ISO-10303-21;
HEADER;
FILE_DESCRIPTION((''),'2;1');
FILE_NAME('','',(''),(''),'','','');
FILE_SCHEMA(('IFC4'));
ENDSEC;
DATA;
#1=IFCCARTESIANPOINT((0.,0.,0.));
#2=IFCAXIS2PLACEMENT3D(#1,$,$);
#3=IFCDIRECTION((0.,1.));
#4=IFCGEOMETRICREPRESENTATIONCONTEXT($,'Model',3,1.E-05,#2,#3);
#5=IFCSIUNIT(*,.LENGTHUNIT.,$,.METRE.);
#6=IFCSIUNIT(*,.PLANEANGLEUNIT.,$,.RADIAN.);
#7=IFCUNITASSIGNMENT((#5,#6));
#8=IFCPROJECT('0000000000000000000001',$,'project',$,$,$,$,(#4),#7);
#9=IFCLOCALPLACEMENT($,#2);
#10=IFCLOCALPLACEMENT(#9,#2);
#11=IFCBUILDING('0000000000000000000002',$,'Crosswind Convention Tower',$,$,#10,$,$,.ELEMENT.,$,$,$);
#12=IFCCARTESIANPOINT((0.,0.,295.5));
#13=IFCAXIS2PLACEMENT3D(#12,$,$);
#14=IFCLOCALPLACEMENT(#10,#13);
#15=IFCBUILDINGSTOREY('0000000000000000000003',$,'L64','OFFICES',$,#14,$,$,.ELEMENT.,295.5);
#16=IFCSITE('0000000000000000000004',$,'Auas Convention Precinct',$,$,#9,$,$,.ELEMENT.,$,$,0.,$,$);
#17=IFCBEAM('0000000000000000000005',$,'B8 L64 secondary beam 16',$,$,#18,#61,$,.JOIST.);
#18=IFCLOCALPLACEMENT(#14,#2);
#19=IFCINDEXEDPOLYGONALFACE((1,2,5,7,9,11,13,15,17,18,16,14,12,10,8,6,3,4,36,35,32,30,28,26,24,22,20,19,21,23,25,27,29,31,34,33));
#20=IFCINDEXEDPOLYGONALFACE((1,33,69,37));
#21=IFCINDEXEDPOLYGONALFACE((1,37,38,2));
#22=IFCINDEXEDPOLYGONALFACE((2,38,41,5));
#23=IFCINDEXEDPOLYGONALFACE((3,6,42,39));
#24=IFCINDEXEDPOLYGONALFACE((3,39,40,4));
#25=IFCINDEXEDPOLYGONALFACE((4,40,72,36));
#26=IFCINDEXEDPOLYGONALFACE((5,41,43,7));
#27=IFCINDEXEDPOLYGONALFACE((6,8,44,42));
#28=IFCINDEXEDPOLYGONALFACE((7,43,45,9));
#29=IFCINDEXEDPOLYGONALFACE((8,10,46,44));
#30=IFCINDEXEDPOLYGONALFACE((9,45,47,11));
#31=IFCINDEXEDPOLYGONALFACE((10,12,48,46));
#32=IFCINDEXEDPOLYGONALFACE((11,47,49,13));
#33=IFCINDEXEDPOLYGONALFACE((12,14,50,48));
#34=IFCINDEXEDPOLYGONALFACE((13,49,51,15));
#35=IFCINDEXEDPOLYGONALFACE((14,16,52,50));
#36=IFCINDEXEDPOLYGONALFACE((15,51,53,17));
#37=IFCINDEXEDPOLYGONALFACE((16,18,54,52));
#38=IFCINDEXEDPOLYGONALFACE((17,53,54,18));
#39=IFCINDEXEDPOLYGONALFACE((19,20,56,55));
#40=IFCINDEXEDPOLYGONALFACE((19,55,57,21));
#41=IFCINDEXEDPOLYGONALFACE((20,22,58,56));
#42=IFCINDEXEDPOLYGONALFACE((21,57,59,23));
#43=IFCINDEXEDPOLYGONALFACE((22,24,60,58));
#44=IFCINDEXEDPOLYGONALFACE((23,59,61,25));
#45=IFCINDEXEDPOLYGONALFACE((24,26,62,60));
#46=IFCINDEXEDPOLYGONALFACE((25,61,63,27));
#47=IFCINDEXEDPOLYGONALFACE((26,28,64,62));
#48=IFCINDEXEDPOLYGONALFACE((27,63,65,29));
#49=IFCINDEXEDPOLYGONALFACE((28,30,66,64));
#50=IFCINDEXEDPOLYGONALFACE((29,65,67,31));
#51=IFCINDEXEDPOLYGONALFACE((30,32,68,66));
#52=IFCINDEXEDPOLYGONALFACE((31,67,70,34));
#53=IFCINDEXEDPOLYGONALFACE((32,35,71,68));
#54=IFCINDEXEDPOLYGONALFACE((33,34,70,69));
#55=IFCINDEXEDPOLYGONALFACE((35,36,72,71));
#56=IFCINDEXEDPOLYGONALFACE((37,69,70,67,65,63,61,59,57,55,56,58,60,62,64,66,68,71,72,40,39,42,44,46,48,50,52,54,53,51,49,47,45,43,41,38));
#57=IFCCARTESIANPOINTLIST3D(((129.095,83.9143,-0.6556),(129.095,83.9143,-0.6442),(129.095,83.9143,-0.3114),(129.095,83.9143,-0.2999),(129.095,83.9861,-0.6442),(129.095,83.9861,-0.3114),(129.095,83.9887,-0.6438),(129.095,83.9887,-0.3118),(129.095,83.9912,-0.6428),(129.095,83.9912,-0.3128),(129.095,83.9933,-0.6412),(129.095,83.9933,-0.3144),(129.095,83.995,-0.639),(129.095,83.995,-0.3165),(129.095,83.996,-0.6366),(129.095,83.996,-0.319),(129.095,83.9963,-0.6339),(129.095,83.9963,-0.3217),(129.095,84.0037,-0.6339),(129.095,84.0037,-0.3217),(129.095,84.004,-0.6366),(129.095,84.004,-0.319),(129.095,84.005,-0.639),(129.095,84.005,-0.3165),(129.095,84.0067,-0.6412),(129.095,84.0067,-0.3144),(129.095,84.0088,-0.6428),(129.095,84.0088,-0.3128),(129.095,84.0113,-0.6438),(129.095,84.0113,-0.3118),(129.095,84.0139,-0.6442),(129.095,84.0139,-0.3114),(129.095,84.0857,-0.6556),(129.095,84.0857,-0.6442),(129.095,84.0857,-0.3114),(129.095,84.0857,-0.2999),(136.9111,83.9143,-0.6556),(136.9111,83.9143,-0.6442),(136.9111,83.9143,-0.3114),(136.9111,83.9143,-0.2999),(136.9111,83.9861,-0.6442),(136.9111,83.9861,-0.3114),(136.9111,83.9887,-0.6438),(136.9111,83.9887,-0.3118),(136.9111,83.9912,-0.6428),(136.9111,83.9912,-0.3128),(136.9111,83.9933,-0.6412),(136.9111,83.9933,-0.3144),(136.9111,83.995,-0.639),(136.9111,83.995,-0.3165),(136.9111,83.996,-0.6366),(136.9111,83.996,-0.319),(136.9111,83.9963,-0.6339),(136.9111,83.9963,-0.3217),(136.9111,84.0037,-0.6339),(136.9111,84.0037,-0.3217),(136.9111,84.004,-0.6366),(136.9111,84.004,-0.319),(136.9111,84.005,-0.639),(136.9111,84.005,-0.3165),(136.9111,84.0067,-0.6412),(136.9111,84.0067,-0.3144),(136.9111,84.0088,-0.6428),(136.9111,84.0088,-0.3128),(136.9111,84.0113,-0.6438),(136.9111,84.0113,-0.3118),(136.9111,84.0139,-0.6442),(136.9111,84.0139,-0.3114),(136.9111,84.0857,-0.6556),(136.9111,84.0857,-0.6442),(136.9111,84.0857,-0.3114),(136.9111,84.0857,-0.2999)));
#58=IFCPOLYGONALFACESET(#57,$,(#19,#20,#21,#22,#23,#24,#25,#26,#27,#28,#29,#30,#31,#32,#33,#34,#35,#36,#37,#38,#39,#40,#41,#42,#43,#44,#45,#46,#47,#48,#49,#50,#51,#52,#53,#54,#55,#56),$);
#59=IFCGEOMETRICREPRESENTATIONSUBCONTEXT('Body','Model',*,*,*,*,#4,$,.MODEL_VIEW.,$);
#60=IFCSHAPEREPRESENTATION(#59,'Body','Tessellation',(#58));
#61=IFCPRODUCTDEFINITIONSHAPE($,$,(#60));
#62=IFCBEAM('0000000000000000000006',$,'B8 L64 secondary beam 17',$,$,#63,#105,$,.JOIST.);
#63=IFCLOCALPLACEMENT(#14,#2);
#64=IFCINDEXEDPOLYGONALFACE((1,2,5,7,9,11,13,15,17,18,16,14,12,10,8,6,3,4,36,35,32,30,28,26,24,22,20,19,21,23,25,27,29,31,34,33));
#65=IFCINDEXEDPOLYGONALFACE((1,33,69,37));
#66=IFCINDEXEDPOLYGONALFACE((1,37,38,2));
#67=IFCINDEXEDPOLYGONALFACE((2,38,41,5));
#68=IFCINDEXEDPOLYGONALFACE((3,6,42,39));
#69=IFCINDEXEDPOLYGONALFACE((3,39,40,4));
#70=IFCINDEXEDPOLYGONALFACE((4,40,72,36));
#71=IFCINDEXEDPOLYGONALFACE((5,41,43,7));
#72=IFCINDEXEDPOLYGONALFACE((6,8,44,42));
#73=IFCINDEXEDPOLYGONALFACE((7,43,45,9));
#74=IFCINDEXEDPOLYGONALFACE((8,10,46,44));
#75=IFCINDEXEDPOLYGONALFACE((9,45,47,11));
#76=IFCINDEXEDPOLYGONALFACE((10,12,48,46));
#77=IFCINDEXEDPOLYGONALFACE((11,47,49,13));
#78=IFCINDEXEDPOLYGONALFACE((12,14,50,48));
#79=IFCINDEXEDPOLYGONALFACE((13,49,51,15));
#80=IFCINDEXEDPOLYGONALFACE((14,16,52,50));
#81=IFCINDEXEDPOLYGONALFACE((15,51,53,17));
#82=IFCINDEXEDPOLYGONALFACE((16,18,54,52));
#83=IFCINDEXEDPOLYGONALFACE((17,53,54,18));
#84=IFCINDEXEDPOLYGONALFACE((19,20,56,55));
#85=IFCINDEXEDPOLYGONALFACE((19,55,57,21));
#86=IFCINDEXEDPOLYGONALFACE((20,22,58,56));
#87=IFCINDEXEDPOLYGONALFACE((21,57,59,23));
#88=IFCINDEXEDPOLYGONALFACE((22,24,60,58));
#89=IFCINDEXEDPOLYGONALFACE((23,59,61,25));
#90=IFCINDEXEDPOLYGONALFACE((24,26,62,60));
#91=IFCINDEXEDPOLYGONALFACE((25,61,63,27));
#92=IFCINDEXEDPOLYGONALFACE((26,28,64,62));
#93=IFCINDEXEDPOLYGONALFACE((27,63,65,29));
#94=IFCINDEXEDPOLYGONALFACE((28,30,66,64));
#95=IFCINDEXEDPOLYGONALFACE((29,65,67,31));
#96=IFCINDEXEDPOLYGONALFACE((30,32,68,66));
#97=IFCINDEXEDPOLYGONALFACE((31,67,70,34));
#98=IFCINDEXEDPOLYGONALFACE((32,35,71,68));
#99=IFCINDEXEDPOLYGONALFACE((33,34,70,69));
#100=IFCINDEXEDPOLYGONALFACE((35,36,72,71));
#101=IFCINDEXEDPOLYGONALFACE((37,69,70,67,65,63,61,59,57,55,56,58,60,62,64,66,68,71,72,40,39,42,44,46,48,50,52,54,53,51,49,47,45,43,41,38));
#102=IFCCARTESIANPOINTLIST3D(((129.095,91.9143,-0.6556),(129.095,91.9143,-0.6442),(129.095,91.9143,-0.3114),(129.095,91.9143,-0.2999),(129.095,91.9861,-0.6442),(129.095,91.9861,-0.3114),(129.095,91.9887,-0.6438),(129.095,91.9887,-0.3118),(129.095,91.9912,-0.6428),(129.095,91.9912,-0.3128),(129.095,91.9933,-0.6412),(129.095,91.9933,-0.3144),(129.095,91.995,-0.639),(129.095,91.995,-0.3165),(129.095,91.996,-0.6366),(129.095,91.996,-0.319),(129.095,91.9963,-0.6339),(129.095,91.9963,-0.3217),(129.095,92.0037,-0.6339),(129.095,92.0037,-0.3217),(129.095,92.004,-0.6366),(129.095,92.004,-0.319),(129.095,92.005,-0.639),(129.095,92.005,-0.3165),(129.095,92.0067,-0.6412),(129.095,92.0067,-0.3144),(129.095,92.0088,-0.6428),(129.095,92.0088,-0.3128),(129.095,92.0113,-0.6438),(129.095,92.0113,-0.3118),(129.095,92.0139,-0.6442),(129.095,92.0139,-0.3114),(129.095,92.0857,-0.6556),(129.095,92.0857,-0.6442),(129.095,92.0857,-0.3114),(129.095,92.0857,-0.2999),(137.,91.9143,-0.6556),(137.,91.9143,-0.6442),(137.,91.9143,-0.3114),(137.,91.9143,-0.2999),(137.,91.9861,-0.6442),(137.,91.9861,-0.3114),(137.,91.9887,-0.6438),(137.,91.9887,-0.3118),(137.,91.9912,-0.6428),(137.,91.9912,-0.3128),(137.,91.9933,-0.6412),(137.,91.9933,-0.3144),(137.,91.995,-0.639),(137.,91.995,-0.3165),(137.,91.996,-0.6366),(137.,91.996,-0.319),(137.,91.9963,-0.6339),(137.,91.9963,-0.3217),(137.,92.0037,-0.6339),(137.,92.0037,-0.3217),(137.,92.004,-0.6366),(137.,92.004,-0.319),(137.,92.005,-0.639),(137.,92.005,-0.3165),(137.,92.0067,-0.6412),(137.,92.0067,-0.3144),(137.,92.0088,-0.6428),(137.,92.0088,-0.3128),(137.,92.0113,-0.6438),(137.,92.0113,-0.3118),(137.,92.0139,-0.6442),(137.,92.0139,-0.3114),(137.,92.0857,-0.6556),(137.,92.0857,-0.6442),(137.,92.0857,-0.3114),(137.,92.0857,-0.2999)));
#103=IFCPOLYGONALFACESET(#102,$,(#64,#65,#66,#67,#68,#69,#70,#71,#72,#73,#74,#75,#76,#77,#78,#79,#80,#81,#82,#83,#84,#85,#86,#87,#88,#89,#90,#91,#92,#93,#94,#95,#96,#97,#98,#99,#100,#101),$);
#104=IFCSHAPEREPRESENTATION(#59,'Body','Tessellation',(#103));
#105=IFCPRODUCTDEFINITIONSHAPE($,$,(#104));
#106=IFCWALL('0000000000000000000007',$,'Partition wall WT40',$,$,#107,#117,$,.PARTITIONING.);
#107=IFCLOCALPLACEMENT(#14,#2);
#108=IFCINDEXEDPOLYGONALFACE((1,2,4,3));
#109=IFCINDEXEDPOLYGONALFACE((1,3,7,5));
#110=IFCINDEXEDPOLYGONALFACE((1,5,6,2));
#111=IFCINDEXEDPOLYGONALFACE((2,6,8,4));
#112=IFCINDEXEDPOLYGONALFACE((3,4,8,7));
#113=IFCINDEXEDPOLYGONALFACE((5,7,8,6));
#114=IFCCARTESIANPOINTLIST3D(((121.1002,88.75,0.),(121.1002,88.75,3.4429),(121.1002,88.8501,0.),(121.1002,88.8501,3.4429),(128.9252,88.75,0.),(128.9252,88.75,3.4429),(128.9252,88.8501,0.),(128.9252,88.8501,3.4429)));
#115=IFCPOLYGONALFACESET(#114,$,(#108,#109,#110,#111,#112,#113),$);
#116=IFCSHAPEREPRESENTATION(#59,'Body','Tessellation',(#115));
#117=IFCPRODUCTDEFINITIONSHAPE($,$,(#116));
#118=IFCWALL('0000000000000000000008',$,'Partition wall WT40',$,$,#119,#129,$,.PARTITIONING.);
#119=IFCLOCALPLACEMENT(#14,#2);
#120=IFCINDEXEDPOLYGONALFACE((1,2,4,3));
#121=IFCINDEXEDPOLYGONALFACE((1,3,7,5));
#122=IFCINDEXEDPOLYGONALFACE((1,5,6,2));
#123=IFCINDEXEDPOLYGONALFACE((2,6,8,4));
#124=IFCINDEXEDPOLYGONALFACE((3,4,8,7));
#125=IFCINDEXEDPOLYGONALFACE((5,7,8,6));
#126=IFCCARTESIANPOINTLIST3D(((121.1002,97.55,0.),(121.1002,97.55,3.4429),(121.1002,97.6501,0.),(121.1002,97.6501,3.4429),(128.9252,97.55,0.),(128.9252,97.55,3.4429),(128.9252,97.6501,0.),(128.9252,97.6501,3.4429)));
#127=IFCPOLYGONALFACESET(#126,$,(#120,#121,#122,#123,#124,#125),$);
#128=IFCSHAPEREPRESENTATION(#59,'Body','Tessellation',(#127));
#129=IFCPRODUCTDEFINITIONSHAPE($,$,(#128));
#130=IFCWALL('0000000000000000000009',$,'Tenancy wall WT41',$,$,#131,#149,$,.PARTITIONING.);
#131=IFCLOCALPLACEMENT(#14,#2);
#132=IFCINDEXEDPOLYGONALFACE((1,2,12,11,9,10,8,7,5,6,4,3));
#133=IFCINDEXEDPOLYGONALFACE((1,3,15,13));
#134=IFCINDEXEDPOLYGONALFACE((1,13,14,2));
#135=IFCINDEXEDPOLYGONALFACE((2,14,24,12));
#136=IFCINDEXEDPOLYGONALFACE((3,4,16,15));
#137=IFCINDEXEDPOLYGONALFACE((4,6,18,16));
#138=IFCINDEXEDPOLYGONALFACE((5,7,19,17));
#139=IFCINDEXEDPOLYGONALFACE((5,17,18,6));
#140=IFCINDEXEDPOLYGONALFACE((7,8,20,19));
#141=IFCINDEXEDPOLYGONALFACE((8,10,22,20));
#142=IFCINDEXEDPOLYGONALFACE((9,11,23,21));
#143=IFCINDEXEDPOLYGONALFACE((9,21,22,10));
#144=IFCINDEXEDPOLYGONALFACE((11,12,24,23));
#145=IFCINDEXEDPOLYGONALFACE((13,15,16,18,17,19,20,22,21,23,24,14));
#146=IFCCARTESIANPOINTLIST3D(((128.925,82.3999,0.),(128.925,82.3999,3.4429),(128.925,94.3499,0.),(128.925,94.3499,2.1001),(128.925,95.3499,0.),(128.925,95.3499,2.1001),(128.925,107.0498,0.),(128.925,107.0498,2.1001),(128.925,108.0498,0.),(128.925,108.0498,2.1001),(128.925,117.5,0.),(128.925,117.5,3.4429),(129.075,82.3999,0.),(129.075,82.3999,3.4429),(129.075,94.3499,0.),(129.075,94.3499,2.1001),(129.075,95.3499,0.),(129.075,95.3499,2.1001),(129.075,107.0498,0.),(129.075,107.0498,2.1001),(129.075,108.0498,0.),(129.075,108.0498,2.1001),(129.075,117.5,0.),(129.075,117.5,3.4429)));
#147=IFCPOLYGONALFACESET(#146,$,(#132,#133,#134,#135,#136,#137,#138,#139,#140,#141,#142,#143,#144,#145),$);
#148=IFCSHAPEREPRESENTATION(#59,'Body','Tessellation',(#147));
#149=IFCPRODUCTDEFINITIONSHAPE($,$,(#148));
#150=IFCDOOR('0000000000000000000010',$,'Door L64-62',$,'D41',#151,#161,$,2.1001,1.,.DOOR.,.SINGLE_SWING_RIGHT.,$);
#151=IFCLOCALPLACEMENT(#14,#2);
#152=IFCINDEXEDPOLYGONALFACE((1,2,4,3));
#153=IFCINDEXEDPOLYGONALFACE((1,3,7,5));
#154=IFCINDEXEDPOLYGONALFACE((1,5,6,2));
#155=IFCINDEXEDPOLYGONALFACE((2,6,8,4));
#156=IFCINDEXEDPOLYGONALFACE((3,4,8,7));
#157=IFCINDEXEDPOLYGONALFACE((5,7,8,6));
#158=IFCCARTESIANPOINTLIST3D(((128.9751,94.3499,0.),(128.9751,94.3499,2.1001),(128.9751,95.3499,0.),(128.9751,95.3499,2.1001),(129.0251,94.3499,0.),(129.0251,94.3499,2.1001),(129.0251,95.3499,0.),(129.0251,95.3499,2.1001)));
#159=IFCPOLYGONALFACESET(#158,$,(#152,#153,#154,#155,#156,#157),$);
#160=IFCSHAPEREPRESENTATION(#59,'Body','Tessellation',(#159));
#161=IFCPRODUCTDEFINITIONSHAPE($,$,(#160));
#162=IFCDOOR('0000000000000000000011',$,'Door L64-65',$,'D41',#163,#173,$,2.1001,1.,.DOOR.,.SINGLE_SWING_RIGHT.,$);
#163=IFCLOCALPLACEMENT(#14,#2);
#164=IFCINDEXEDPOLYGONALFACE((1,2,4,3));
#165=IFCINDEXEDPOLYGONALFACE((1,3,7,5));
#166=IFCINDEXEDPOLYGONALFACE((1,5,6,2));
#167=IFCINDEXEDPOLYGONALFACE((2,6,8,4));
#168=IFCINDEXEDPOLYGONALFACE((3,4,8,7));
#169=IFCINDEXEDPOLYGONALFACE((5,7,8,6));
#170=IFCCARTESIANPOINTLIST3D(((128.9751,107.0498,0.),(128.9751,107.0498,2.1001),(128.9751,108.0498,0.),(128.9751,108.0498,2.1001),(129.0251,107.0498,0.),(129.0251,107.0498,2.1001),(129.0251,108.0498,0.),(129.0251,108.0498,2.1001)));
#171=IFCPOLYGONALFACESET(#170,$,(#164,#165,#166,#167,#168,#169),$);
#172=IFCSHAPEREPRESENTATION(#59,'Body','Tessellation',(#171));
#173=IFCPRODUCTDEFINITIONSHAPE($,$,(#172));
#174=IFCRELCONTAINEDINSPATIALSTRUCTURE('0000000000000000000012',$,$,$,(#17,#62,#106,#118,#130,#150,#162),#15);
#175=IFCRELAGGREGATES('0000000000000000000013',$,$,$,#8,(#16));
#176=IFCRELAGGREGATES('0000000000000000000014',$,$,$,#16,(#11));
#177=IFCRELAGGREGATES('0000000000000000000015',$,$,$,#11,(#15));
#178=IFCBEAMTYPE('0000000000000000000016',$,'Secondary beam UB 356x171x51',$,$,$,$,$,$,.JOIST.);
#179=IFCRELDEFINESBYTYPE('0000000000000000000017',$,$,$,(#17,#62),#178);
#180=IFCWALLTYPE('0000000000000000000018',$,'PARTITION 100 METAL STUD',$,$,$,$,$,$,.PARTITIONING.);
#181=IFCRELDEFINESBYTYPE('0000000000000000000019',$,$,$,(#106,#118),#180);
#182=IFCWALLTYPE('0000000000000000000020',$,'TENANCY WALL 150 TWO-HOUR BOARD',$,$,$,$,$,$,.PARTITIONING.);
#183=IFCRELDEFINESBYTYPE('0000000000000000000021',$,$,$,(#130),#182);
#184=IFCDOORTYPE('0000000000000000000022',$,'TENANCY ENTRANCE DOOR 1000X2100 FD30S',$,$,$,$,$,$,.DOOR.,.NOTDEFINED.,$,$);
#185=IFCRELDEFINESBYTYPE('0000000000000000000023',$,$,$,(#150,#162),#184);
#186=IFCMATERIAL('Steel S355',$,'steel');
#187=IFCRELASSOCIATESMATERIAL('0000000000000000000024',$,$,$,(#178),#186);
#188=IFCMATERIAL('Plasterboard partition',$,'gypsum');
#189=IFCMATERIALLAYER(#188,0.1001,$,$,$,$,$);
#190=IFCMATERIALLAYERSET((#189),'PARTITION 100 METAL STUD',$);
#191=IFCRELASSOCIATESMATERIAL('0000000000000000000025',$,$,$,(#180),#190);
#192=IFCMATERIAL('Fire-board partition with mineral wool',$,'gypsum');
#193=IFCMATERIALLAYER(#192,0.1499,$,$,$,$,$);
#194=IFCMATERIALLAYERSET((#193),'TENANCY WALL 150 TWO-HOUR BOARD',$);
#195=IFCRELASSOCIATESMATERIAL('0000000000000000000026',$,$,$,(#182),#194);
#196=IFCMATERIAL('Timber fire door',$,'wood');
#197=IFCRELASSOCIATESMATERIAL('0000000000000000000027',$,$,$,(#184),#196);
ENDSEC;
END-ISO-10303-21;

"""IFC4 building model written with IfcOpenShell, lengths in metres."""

from ifc_helpers import new_model, si_unit, direction, frame, frame_2d, origin, origin_2d, place, context, subcontext, project, spatial, rectangle, i_section, extrude, material, layer, layer_set, material_profile, profile_set, type_object, element, fill, save


model = new_model("IFC4")

# Units and contexts
model_context = context("Model", 3, precision=1e-05, world=origin(), true_north=direction((0.0, 1.0)))
body_context = subcontext(model_context, "Body", "Model", "MODEL_VIEW")
ifc_project = project(units=[si_unit("LENGTHUNIT", "METRE"), si_unit("PLANEANGLEUNIT", "RADIAN")], contexts=[model_context])

# Site, building, storey
site_placement = place(None, origin())
site = spatial("IfcSite", under=ifc_project, at=site_placement, Name="Auas Convention Precinct", CompositionType="ELEMENT", RefElevation=0.0)
building_placement = place(site_placement, origin())
building = spatial("IfcBuilding", under=site, at=building_placement, Name="Crosswind Convention Tower", CompositionType="ELEMENT")
storey_placement = place(building_placement, frame((0.0, 0.0, 295.5)))
storey = spatial("IfcBuildingStorey", under=building, at=storey_placement, Name="L64", Description="OFFICES", CompositionType="ELEMENT", Elevation=295.5)

# Beams
ifc_material_1 = material(Name="Steel S355", Category="steel")
ifc_material_profile_1 = material_profile(ifc_material_1, i_section(OverallWidth=0.1714, OverallDepth=0.3557, WebThickness=0.0073, FlangeThickness=0.0115, FilletRadius=0.0103, at=origin_2d()), Name="UB 356x171x51")
ifc_profile_set_1 = profile_set([ifc_material_profile_1], Name="Steel S355")
beam_type_1 = type_object("IfcBeamType", Name="Secondary beam UB 356x171x51", PredefinedType="JOIST", material=ifc_profile_set_1)
beam_1_placement = place(storey_placement, frame((129.095, 84.0, -0.4778), z_axis=(1.0, 0.0, 0.0), x_axis=(0.0, 1.0, 0.0)))
element("IfcBeam", 1, at=beam_1_placement, inside=storey, type_object=beam_type_1, Name="B8 L64 secondary beam 16", PredefinedType="JOIST", context=body_context, shape_type="SweptSolid", body=[
    extrude(i_section(OverallWidth=0.1714, OverallDepth=0.3557, WebThickness=0.0073, FlangeThickness=0.0115, FilletRadius=0.0103, at=origin_2d()), origin(), (0.0, 0.0, 1.0), 7.8162),
])
beam_2_placement = place(storey_placement, frame((129.095, 92.0, -0.4778), z_axis=(1.0, 0.0, 0.0), x_axis=(0.0, 1.0, 0.0)))
element("IfcBeam", 2, at=beam_2_placement, inside=storey, type_object=beam_type_1, Name="B8 L64 secondary beam 17", PredefinedType="JOIST", context=body_context, shape_type="SweptSolid", body=[
    extrude(i_section(OverallWidth=0.1714, OverallDepth=0.3557, WebThickness=0.0073, FlangeThickness=0.0115, FilletRadius=0.0103, at=origin_2d()), origin(), (0.0, 0.0, 1.0), 7.905),
])

# Walls
ifc_material_2 = material(Name="Plasterboard partition", Category="gypsum")
ifc_layer_1 = layer(ifc_material_2, 0.1001)
ifc_layer_set_1 = layer_set([ifc_layer_1], Name="PARTITION 100 METAL STUD")
wall_type_1 = type_object("IfcWallType", Name="PARTITION 100 METAL STUD", PredefinedType="PARTITIONING", material=ifc_layer_set_1)
for number, where, z_axis, x_axis, name in (
    (3, (121.1001, 88.8, 0.0), (0.0, 0.0, 1.0), (1.0, 0.0, 0.0), "Partition wall WT40"),
    (4, (121.1001, 97.6001, 0.0), (0.0, 0.0, 1.0), (1.0, 0.0, 0.0), "Partition wall WT40"),
):
    element("IfcWall", number, at=place(storey_placement, frame(where, z_axis=z_axis, x_axis=x_axis)), inside=storey, type_object=wall_type_1, Name=name, PredefinedType="PARTITIONING", context=body_context, shape_type="SweptSolid", body=[
        extrude(rectangle(XDim=7.825, YDim=0.1001, at=frame_2d((3.9126, 0.0))), origin(), (0.0, 0.0, 1.0), 3.4429),
    ])

# Wall, openings, doors
ifc_material_3 = material(Name="Fire-board partition with mineral wool", Category="gypsum")
ifc_layer_2 = layer(ifc_material_3, 0.1499)
ifc_layer_set_2 = layer_set([ifc_layer_2], Name="TENANCY WALL 150 TWO-HOUR BOARD")
wall_type_2 = type_object("IfcWallType", Name="TENANCY WALL 150 TWO-HOUR BOARD", PredefinedType="PARTITIONING", material=ifc_layer_set_2)
wall_1_placement = place(storey_placement, frame((129.0, 82.3999, 0.0), z_axis=(0.0, 0.0, 1.0), x_axis=(0.0, 1.0, 0.0)))
wall_1 = element("IfcWall", 5, at=wall_1_placement, inside=storey, type_object=wall_type_2, Name="Tenancy wall WT41", PredefinedType="PARTITIONING", context=body_context, shape_type="SweptSolid", body=[
    extrude(rectangle(XDim=35.1001, YDim=0.1499, at=frame_2d((17.55, 0.0))), origin(), (0.0, 0.0, 1.0), 3.4429),
])
opening_1_placement = place(wall_1_placement, frame((11.95, 0.0, 0.0)))
opening_1 = element("IfcOpeningElement", 6, at=opening_1_placement, cuts=wall_1, PredefinedType="OPENING", context=body_context, shape_type="SweptSolid", body=[
    extrude(rectangle(XDim=1.0, YDim=2.1001, at=frame_2d((0.5, 1.05))), frame((0.0, 0.085, 0.0), z_axis=(0.0, -1.0, 0.0), x_axis=(1.0, 0.0, 0.0)), (0.0, 0.0, 1.0), 0.1699),
])
opening_2_placement = place(wall_1_placement, frame((24.6499, 0.0, 0.0)))
opening_2 = element("IfcOpeningElement", 7, at=opening_2_placement, cuts=wall_1, PredefinedType="OPENING", context=body_context, shape_type="SweptSolid", body=[
    extrude(rectangle(XDim=1.0, YDim=2.1001, at=frame_2d((0.5, 1.05))), frame((0.0, 0.085, 0.0), z_axis=(0.0, -1.0, 0.0), x_axis=(1.0, 0.0, 0.0)), (0.0, 0.0, 1.0), 0.1699),
])
ifc_material_4 = material(Name="Timber fire door", Category="wood")
door_type = type_object("IfcDoorType", Name="TENANCY ENTRANCE DOOR 1000X2100 FD30S", OperationType="NOTDEFINED", PredefinedType="DOOR", material=ifc_material_4)
door_1_placement = place(opening_1_placement, origin())
door_1 = element("IfcDoor", 8, at=door_1_placement, inside=storey, type_object=door_type, Name="Door L64-62", ObjectType="D41", OperationType="SINGLE_SWING_RIGHT", OverallHeight=2.1001, OverallWidth=1.0, PredefinedType="DOOR", context=body_context, shape_type="SweptSolid", body=[
    extrude(rectangle(XDim=1.0, YDim=2.1001, at=frame_2d((0.5, 1.05))), frame((0.0, 0.0249, 0.0), z_axis=(0.0, -1.0, 0.0), x_axis=(1.0, 0.0, 0.0)), (0.0, 0.0, 1.0), 0.05),
])
fill(opening_1, door_1)
door_2_placement = place(opening_2_placement, origin())
door_2 = element("IfcDoor", 9, at=door_2_placement, inside=storey, type_object=door_type, Name="Door L64-65", ObjectType="D41", OperationType="SINGLE_SWING_RIGHT", OverallHeight=2.1001, OverallWidth=1.0, PredefinedType="DOOR", context=body_context, shape_type="SweptSolid", body=[
    extrude(rectangle(XDim=1.0, YDim=2.1001, at=frame_2d((0.5, 1.05))), frame((0.0, 0.0249, 0.0), z_axis=(0.0, -1.0, 0.0), x_axis=(1.0, 0.0, 0.0)), (0.0, 0.0, 1.0), 0.05),
])
fill(opening_2, door_2)

save(model, "model.ifc")
